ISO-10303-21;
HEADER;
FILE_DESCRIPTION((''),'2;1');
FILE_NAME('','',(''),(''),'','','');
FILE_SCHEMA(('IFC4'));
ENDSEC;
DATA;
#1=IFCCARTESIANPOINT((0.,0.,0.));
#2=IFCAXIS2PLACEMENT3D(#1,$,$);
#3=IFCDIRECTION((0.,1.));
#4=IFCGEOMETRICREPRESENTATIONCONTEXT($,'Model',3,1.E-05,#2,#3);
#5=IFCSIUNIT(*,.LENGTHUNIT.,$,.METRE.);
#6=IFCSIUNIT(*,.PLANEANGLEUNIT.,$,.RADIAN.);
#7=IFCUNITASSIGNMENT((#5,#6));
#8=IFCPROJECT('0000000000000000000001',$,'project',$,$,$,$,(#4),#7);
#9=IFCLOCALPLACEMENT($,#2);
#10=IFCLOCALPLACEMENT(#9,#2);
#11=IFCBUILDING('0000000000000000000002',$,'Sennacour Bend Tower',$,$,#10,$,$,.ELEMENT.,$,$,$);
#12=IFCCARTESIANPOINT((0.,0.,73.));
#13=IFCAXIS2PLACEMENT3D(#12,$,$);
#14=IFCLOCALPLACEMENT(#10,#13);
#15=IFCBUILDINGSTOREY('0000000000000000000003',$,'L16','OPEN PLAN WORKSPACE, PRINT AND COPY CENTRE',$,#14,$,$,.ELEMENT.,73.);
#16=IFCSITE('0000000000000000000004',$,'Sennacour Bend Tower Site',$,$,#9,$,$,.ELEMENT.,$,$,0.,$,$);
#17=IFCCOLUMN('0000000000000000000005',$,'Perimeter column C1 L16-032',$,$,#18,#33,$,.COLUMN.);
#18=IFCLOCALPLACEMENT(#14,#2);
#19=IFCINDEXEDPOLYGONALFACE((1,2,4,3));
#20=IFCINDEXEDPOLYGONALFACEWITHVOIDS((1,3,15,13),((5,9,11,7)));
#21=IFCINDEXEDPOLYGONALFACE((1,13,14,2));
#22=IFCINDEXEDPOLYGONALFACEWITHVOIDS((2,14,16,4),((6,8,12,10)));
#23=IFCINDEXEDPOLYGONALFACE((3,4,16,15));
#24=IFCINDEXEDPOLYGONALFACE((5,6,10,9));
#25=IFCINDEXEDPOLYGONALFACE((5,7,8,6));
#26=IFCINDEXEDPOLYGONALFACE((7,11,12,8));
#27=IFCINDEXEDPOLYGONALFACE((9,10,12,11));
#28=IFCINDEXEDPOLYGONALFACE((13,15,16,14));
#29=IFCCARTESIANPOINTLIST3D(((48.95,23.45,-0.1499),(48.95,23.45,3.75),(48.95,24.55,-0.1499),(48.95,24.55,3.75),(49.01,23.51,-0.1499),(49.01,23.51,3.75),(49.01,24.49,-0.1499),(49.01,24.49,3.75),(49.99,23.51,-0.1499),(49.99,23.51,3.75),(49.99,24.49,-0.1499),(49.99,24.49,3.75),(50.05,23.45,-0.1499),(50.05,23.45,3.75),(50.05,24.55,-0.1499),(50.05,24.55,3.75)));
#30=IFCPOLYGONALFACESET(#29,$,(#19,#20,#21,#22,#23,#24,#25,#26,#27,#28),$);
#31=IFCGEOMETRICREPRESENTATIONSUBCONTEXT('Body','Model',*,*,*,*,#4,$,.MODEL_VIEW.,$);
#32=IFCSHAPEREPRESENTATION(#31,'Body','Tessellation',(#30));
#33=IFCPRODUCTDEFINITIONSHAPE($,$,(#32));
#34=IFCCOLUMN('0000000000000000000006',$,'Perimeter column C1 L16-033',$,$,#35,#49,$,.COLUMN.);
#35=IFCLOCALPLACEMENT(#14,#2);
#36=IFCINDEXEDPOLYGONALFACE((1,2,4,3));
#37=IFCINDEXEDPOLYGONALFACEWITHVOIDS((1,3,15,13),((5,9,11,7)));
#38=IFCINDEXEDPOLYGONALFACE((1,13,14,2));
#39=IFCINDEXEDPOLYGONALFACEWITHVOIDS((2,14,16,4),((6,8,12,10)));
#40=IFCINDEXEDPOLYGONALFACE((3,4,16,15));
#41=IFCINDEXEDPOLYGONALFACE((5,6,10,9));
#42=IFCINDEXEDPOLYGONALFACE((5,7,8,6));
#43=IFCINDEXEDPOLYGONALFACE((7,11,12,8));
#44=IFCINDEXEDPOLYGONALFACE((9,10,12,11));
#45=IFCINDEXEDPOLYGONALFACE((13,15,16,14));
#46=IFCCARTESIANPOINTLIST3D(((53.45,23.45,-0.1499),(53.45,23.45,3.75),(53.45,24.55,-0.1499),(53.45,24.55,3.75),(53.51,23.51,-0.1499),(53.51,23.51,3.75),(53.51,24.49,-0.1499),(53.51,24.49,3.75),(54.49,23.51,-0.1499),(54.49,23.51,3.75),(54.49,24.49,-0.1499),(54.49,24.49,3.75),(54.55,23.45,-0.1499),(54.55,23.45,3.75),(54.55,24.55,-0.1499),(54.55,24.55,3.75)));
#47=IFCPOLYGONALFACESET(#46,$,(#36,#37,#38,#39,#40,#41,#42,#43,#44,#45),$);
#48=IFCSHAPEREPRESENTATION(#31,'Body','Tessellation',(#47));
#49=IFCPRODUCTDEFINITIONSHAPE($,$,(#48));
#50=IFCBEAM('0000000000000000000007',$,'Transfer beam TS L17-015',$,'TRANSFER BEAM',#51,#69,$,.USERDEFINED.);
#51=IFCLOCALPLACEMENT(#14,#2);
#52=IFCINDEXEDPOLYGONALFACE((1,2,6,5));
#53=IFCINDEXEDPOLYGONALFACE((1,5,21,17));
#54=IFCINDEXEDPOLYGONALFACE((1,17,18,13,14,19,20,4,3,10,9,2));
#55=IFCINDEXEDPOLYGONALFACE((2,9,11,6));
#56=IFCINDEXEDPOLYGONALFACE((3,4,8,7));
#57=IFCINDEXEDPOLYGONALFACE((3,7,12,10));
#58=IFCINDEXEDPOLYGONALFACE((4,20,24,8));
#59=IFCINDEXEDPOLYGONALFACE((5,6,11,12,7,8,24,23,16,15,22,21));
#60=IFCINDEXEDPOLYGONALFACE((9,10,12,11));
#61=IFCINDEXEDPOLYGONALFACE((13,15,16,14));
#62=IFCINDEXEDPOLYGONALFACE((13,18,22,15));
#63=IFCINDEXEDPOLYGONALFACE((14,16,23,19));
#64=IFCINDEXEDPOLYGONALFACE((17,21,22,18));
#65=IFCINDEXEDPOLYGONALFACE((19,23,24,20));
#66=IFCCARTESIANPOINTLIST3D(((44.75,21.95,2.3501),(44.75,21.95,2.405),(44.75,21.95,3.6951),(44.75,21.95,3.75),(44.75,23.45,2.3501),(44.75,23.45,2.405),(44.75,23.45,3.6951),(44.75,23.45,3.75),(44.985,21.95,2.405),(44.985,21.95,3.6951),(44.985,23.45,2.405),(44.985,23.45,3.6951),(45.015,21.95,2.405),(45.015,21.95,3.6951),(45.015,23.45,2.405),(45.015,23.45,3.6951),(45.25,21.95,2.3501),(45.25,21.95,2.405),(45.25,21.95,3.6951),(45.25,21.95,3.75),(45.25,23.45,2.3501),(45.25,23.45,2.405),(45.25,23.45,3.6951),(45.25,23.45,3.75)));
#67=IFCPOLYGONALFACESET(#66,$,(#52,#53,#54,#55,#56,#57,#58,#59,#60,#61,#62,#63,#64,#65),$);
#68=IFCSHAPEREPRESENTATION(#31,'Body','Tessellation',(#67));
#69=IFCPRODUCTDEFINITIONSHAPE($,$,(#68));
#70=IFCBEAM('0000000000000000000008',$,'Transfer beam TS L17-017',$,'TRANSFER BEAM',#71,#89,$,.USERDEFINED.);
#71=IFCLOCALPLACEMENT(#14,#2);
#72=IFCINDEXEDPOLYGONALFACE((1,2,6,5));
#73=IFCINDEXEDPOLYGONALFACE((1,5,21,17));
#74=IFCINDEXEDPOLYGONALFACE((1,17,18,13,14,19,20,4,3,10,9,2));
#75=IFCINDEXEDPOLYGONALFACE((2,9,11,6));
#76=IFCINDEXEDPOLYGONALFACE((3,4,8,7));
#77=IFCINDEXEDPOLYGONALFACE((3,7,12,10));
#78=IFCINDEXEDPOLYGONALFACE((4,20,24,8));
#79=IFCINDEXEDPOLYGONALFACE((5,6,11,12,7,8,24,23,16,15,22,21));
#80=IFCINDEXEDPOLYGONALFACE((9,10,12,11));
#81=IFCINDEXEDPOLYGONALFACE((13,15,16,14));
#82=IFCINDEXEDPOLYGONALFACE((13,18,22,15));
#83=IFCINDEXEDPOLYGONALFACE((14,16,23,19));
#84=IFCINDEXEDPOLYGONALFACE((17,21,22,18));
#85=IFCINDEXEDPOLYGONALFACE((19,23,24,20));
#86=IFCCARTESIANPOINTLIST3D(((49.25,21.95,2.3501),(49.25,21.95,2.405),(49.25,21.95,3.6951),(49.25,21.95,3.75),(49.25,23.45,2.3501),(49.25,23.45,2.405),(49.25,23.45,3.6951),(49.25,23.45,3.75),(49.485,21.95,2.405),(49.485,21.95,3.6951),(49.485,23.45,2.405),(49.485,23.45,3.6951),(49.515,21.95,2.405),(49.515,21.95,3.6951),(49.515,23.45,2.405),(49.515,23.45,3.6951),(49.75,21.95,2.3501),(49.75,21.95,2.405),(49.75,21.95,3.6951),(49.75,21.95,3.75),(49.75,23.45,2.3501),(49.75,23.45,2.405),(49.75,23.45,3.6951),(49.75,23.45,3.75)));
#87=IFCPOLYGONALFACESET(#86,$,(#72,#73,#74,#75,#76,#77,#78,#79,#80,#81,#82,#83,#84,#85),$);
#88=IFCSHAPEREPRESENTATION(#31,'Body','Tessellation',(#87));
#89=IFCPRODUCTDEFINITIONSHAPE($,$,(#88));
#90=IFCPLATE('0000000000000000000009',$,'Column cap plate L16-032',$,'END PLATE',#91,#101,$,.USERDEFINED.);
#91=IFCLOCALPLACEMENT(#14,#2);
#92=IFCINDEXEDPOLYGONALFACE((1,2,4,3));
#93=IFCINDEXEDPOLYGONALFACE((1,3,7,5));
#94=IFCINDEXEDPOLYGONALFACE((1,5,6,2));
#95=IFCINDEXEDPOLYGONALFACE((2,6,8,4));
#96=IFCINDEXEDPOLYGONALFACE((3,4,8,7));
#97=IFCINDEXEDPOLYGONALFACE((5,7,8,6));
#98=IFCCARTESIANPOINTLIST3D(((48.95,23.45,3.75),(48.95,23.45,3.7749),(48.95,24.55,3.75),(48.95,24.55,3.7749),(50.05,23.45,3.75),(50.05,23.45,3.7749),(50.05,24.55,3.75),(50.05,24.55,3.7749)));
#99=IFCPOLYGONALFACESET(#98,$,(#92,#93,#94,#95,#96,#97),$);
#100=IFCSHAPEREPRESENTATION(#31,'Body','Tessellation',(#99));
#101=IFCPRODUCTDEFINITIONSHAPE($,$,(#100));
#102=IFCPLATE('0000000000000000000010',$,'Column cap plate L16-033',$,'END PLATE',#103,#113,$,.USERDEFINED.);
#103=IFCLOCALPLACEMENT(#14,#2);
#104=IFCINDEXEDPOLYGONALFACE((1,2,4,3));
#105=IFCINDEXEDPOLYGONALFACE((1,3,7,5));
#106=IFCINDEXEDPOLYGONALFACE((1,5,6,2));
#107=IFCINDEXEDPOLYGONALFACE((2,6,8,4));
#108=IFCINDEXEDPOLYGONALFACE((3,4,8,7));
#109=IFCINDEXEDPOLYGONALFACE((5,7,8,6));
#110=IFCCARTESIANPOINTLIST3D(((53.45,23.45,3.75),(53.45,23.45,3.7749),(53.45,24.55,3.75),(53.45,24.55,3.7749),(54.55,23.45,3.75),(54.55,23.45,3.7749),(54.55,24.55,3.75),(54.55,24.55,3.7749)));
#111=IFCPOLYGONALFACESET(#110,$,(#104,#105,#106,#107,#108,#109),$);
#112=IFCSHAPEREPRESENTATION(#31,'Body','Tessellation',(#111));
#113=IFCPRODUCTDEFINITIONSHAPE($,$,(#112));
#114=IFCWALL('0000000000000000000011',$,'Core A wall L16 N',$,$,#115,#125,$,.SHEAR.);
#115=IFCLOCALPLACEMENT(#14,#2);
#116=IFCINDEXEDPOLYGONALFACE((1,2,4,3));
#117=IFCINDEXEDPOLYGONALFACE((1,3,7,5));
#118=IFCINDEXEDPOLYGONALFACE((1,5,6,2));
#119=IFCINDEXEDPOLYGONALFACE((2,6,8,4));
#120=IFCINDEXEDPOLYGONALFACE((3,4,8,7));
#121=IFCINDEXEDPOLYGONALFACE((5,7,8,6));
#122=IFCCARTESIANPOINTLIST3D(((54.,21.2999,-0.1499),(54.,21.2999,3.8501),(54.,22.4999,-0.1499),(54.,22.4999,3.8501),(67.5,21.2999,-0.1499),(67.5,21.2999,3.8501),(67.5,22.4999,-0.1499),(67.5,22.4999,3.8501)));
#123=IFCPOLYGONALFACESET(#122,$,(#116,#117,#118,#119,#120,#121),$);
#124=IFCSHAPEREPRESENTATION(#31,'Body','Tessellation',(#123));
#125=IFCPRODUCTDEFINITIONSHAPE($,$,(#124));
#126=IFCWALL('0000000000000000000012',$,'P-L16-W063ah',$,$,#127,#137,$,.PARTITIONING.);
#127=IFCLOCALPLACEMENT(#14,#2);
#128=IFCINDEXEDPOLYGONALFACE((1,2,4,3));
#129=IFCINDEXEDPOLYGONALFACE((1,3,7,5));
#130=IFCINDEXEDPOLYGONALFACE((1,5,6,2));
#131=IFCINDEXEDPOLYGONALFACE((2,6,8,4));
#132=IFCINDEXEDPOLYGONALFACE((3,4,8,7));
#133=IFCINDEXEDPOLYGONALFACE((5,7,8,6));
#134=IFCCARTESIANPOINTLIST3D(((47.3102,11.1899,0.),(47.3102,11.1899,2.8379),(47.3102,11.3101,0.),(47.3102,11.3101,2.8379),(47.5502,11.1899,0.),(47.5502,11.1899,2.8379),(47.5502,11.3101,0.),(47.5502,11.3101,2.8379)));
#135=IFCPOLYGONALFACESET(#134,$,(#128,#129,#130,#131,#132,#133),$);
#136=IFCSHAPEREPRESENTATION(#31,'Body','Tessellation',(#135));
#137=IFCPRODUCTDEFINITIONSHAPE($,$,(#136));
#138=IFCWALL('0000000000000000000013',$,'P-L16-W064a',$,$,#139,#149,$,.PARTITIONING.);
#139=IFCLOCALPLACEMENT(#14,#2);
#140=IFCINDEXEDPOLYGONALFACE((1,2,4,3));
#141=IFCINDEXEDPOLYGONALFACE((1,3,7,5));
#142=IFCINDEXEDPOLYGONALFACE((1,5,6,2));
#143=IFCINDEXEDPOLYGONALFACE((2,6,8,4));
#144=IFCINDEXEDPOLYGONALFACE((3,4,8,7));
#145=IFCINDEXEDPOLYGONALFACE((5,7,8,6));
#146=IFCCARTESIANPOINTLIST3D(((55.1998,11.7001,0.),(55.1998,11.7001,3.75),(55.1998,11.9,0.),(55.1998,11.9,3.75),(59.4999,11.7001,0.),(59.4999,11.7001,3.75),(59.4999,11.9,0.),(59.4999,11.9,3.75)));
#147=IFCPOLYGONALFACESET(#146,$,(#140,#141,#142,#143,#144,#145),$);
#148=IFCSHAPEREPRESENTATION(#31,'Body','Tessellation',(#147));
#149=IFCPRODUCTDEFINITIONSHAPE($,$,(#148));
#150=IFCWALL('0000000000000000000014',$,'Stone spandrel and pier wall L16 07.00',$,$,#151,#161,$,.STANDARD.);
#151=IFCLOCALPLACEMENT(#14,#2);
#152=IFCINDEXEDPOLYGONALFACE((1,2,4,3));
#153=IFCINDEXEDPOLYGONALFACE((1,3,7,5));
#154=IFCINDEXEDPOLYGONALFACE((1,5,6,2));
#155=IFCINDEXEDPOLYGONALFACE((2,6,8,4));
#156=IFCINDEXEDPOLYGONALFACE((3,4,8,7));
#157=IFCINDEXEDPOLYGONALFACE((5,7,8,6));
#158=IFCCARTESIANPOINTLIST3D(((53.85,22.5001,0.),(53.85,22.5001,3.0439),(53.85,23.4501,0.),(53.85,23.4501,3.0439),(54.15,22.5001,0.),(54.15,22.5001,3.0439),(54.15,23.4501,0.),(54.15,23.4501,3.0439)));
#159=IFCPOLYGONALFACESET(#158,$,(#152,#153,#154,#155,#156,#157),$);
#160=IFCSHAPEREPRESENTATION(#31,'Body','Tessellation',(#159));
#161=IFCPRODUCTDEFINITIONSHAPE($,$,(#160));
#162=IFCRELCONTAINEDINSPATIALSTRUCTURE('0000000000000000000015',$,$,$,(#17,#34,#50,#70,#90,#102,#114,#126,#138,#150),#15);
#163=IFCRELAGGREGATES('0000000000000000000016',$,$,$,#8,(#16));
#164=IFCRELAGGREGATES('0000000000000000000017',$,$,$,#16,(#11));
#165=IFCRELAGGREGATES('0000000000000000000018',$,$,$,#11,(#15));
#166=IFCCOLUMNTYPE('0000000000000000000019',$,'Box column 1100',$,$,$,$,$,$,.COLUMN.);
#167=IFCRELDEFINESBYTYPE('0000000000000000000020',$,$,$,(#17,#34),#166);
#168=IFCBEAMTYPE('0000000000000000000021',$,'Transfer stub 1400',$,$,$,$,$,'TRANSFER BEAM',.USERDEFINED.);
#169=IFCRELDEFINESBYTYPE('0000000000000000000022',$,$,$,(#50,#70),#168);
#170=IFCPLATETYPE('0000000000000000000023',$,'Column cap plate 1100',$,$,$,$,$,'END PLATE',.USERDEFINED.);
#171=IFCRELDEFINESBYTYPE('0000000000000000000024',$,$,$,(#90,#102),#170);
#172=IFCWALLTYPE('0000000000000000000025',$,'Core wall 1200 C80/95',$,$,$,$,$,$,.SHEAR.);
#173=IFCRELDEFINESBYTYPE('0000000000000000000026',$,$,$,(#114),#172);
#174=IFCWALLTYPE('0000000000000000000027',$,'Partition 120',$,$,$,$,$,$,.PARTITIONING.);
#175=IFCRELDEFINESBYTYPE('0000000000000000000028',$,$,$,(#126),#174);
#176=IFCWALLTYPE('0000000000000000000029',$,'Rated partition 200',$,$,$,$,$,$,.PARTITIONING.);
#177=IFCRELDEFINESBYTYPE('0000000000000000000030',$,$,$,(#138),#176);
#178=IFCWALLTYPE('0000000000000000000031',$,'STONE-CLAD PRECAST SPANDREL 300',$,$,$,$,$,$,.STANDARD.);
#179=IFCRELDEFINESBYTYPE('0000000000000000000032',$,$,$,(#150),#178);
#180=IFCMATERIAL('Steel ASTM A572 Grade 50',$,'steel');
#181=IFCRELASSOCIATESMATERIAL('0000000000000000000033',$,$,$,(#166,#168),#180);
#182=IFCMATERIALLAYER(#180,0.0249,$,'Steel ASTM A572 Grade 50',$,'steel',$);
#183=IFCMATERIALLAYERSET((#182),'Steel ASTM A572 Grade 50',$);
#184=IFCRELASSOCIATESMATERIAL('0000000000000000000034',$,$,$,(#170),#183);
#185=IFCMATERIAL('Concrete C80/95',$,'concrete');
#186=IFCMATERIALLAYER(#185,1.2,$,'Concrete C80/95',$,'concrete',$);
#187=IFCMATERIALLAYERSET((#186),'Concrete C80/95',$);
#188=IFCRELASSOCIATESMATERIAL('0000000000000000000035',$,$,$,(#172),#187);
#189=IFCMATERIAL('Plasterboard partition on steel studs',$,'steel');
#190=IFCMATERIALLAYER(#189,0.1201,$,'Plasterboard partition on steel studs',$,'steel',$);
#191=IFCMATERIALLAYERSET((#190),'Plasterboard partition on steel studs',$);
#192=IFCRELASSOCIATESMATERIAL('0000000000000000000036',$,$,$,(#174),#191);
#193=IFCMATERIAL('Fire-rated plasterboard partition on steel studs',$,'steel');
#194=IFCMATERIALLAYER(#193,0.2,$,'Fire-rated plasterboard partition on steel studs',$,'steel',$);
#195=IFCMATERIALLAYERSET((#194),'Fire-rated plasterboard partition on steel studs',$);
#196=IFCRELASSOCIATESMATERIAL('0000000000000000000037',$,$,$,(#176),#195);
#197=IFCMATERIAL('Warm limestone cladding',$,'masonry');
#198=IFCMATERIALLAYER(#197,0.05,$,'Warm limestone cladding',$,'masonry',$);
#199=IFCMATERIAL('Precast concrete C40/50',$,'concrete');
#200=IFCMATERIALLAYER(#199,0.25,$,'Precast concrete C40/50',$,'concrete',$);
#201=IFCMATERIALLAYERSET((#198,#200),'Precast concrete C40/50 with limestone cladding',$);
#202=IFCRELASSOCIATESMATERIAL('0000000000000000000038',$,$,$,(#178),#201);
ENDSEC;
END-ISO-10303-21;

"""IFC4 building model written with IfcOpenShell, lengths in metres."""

from ifc_helpers import new_model, si_unit, direction, frame, frame_2d, origin, origin_2d, place, context, subcontext, project, spatial, rectangle, hollow_rectangle, i_section, extrude, material, layer, layer_set, material_profile, profile_set, type_object, element, save


model = new_model("IFC4")

# Units and contexts
model_context = context("Model", 3, precision=1e-05, world=origin(), true_north=direction((0.0, 1.0)))
body_context = subcontext(model_context, "Body", "Model", "MODEL_VIEW")
ifc_project = project(units=[si_unit("LENGTHUNIT", "METRE"), si_unit("PLANEANGLEUNIT", "RADIAN")], contexts=[model_context])

# Site, building, storey
site_placement = place(None, origin())
site = spatial("IfcSite", under=ifc_project, at=site_placement, Name="Sennacour Bend Tower Site", CompositionType="ELEMENT", RefElevation=0.0)
building_placement = place(site_placement, origin())
building = spatial("IfcBuilding", under=site, at=building_placement, Name="Sennacour Bend Tower", CompositionType="ELEMENT")
storey_placement = place(building_placement, frame((0.0, 0.0, 73.0)))
storey = spatial("IfcBuildingStorey", under=building, at=storey_placement, Name="L16", Description="OPEN PLAN WORKSPACE, PRINT AND COPY CENTRE", CompositionType="ELEMENT", Elevation=73.0)

# Columns
ifc_material_1 = material(Name="Steel ASTM A572 Grade 50", Category="steel")
ifc_material_profile_1 = material_profile(ifc_material_1, hollow_rectangle(XDim=1.1001, YDim=1.1001, WallThickness=0.0601, at=origin_2d()), Name="Steel ASTM A572 Grade 50", Category="steel")
ifc_profile_set_1 = profile_set([ifc_material_profile_1], Name="Steel ASTM A572 Grade 50")
column_type = type_object("IfcColumnType", Name="Box column 1100", PredefinedType="COLUMN", material=ifc_profile_set_1)
for number, where, z_axis, x_axis, name in (
    (1, (49.5, 24.0, -0.1499), (0.0, 0.0, 1.0), (1.0, 0.0, 0.0), "Perimeter column C1 L16-032"),
    (2, (54.0, 24.0, -0.1499), (0.0, 0.0, 1.0), (1.0, 0.0, 0.0), "Perimeter column C1 L16-033"),
):
    element("IfcColumn", number, at=place(storey_placement, frame(where, z_axis=z_axis, x_axis=x_axis)), inside=storey, type_object=column_type, Name=name, PredefinedType="COLUMN", context=body_context, shape_type="SweptSolid", body=[
        extrude(hollow_rectangle(XDim=1.1001, YDim=1.1001, WallThickness=0.0601, at=origin_2d()), origin(), (0.0, 0.0, 1.0), 3.8999),
    ])

# Beams
ifc_material_profile_2 = material_profile(ifc_material_1, i_section(OverallWidth=0.5, OverallDepth=1.3999, WebThickness=0.03, FlangeThickness=0.0549, at=origin_2d()), Name="Steel ASTM A572 Grade 50", Category="steel")
ifc_profile_set_2 = profile_set([ifc_material_profile_2], Name="Steel ASTM A572 Grade 50")
beam_type = type_object("IfcBeamType", Name="Transfer stub 1400", ElementType="TRANSFER BEAM", PredefinedType="USERDEFINED", material=ifc_profile_set_2)
for number, where, z_axis, x_axis, name in (
    (3, (45.0, 23.45, 3.05), (0.0, -1.0, 0.0), (1.0, 0.0, 0.0), "Transfer beam TS L17-015"),
    (4, (49.5, 23.45, 3.05), (0.0, -1.0, 0.0), (1.0, 0.0, 0.0), "Transfer beam TS L17-017"),
):
    element("IfcBeam", number, at=place(storey_placement, frame(where, z_axis=z_axis, x_axis=x_axis)), inside=storey, type_object=beam_type, Name=name, ObjectType="TRANSFER BEAM", PredefinedType="USERDEFINED", context=body_context, shape_type="SweptSolid", body=[
        extrude(i_section(OverallWidth=0.5, OverallDepth=1.3999, WebThickness=0.03, FlangeThickness=0.0549, at=origin_2d()), origin(), (0.0, 0.0, 1.0), 1.5),
    ])

# Plates
ifc_layer_1 = layer(ifc_material_1, 0.0249, Name="Steel ASTM A572 Grade 50", Category="steel")
ifc_layer_set_1 = layer_set([ifc_layer_1], Name="Steel ASTM A572 Grade 50")
plate_type = type_object("IfcPlateType", Name="Column cap plate 1100", ElementType="END PLATE", PredefinedType="USERDEFINED", material=ifc_layer_set_1)
for number, where, z_axis, x_axis, name in (
    (5, (49.5, 24.0, 3.75), (0.0, 0.0, 1.0), (1.0, 0.0, 0.0), "Column cap plate L16-032"),
    (6, (54.0, 24.0, 3.75), (0.0, 0.0, 1.0), (1.0, 0.0, 0.0), "Column cap plate L16-033"),
):
    element("IfcPlate", number, at=place(storey_placement, frame(where, z_axis=z_axis, x_axis=x_axis)), inside=storey, type_object=plate_type, Name=name, ObjectType="END PLATE", PredefinedType="USERDEFINED", context=body_context, shape_type="SweptSolid", body=[
        extrude(rectangle(XDim=1.1001, YDim=1.1001, at=origin_2d()), origin(), (0.0, 0.0, 1.0), 0.0249),
    ])

# Walls
ifc_material_2 = material(Name="Concrete C80/95", Category="concrete")
ifc_layer_2 = layer(ifc_material_2, 1.2, Name="Concrete C80/95", Category="concrete")
ifc_layer_set_2 = layer_set([ifc_layer_2], Name="Concrete C80/95")
wall_type_1 = type_object("IfcWallType", Name="Core wall 1200 C80/95", PredefinedType="SHEAR", material=ifc_layer_set_2)
wall_1_placement = place(storey_placement, frame((54.0, 21.8999, -0.1499), z_axis=(0.0, 0.0, 1.0), x_axis=(1.0, 0.0, 0.0)))
element("IfcWall", 7, at=wall_1_placement, inside=storey, type_object=wall_type_1, Name="Core A wall L16 N", PredefinedType="SHEAR", context=body_context, shape_type="SweptSolid", body=[
    extrude(rectangle(XDim=13.5, YDim=1.2, at=frame_2d((6.75, 0.0))), origin(), (0.0, 0.0, 1.0), 4.0),
])
ifc_material_3 = material(Name="Plasterboard partition on steel studs", Category="steel")
ifc_layer_3 = layer(ifc_material_3, 0.1201, Name="Plasterboard partition on steel studs", Category="steel")
ifc_layer_set_3 = layer_set([ifc_layer_3], Name="Plasterboard partition on steel studs")
wall_type_2 = type_object("IfcWallType", Name="Partition 120", PredefinedType="PARTITIONING", material=ifc_layer_set_3)
wall_2_placement = place(storey_placement, frame((47.3101, 11.25, 0.0), z_axis=(0.0, 0.0, 1.0), x_axis=(1.0, 0.0, 0.0)))
element("IfcWall", 8, at=wall_2_placement, inside=storey, type_object=wall_type_2, Name="P-L16-W063ah", PredefinedType="PARTITIONING", context=body_context, shape_type="SweptSolid", body=[
    extrude(rectangle(XDim=0.24, YDim=0.1201, at=frame_2d((0.1201, 0.0))), origin(), (0.0, 0.0, 1.0), 2.8379),
])
ifc_material_4 = material(Name="Fire-rated plasterboard partition on steel studs", Category="steel")
ifc_layer_4 = layer(ifc_material_4, 0.2, Name="Fire-rated plasterboard partition on steel studs", Category="steel")
ifc_layer_set_4 = layer_set([ifc_layer_4], Name="Fire-rated plasterboard partition on steel studs")
wall_type_3 = type_object("IfcWallType", Name="Rated partition 200", PredefinedType="PARTITIONING", material=ifc_layer_set_4)
wall_3_placement = place(storey_placement, frame((55.2, 11.8, 0.0), z_axis=(0.0, 0.0, 1.0), x_axis=(1.0, 0.0, 0.0)))
element("IfcWall", 9, at=wall_3_placement, inside=storey, type_object=wall_type_3, Name="P-L16-W064a", PredefinedType="PARTITIONING", context=body_context, shape_type="SweptSolid", body=[
    extrude(rectangle(XDim=4.3, YDim=0.2, at=frame_2d((2.1499, 0.0))), origin(), (0.0, 0.0, 1.0), 3.75),
])
ifc_material_5 = material(Name="Warm limestone cladding", Category="masonry")
ifc_layer_5 = layer(ifc_material_5, 0.05, Name="Warm limestone cladding", Category="masonry")
ifc_material_6 = material(Name="Precast concrete C40/50", Category="concrete")
ifc_layer_6 = layer(ifc_material_6, 0.25, Name="Precast concrete C40/50", Category="concrete")
ifc_layer_set_5 = layer_set([ifc_layer_5, ifc_layer_6], Name="Precast concrete C40/50 with limestone cladding")
wall_type_4 = type_object("IfcWallType", Name="STONE-CLAD PRECAST SPANDREL 300", PredefinedType="STANDARD", material=ifc_layer_set_5)
wall_4_placement = place(storey_placement, frame((54.0, 22.5, 0.0), z_axis=(0.0, 0.0, 1.0), x_axis=(0.0, 1.0, 0.0)))
element("IfcWall", 10, at=wall_4_placement, inside=storey, type_object=wall_type_4, Name="Stone spandrel and pier wall L16 07.00", PredefinedType="STANDARD", context=body_context, shape_type="SweptSolid", body=[
    extrude(rectangle(XDim=0.95, YDim=0.3, at=frame_2d((0.4751, 0.0))), origin(), (0.0, 0.0, 1.0), 3.0439),
])

save(model, "model.ifc")
